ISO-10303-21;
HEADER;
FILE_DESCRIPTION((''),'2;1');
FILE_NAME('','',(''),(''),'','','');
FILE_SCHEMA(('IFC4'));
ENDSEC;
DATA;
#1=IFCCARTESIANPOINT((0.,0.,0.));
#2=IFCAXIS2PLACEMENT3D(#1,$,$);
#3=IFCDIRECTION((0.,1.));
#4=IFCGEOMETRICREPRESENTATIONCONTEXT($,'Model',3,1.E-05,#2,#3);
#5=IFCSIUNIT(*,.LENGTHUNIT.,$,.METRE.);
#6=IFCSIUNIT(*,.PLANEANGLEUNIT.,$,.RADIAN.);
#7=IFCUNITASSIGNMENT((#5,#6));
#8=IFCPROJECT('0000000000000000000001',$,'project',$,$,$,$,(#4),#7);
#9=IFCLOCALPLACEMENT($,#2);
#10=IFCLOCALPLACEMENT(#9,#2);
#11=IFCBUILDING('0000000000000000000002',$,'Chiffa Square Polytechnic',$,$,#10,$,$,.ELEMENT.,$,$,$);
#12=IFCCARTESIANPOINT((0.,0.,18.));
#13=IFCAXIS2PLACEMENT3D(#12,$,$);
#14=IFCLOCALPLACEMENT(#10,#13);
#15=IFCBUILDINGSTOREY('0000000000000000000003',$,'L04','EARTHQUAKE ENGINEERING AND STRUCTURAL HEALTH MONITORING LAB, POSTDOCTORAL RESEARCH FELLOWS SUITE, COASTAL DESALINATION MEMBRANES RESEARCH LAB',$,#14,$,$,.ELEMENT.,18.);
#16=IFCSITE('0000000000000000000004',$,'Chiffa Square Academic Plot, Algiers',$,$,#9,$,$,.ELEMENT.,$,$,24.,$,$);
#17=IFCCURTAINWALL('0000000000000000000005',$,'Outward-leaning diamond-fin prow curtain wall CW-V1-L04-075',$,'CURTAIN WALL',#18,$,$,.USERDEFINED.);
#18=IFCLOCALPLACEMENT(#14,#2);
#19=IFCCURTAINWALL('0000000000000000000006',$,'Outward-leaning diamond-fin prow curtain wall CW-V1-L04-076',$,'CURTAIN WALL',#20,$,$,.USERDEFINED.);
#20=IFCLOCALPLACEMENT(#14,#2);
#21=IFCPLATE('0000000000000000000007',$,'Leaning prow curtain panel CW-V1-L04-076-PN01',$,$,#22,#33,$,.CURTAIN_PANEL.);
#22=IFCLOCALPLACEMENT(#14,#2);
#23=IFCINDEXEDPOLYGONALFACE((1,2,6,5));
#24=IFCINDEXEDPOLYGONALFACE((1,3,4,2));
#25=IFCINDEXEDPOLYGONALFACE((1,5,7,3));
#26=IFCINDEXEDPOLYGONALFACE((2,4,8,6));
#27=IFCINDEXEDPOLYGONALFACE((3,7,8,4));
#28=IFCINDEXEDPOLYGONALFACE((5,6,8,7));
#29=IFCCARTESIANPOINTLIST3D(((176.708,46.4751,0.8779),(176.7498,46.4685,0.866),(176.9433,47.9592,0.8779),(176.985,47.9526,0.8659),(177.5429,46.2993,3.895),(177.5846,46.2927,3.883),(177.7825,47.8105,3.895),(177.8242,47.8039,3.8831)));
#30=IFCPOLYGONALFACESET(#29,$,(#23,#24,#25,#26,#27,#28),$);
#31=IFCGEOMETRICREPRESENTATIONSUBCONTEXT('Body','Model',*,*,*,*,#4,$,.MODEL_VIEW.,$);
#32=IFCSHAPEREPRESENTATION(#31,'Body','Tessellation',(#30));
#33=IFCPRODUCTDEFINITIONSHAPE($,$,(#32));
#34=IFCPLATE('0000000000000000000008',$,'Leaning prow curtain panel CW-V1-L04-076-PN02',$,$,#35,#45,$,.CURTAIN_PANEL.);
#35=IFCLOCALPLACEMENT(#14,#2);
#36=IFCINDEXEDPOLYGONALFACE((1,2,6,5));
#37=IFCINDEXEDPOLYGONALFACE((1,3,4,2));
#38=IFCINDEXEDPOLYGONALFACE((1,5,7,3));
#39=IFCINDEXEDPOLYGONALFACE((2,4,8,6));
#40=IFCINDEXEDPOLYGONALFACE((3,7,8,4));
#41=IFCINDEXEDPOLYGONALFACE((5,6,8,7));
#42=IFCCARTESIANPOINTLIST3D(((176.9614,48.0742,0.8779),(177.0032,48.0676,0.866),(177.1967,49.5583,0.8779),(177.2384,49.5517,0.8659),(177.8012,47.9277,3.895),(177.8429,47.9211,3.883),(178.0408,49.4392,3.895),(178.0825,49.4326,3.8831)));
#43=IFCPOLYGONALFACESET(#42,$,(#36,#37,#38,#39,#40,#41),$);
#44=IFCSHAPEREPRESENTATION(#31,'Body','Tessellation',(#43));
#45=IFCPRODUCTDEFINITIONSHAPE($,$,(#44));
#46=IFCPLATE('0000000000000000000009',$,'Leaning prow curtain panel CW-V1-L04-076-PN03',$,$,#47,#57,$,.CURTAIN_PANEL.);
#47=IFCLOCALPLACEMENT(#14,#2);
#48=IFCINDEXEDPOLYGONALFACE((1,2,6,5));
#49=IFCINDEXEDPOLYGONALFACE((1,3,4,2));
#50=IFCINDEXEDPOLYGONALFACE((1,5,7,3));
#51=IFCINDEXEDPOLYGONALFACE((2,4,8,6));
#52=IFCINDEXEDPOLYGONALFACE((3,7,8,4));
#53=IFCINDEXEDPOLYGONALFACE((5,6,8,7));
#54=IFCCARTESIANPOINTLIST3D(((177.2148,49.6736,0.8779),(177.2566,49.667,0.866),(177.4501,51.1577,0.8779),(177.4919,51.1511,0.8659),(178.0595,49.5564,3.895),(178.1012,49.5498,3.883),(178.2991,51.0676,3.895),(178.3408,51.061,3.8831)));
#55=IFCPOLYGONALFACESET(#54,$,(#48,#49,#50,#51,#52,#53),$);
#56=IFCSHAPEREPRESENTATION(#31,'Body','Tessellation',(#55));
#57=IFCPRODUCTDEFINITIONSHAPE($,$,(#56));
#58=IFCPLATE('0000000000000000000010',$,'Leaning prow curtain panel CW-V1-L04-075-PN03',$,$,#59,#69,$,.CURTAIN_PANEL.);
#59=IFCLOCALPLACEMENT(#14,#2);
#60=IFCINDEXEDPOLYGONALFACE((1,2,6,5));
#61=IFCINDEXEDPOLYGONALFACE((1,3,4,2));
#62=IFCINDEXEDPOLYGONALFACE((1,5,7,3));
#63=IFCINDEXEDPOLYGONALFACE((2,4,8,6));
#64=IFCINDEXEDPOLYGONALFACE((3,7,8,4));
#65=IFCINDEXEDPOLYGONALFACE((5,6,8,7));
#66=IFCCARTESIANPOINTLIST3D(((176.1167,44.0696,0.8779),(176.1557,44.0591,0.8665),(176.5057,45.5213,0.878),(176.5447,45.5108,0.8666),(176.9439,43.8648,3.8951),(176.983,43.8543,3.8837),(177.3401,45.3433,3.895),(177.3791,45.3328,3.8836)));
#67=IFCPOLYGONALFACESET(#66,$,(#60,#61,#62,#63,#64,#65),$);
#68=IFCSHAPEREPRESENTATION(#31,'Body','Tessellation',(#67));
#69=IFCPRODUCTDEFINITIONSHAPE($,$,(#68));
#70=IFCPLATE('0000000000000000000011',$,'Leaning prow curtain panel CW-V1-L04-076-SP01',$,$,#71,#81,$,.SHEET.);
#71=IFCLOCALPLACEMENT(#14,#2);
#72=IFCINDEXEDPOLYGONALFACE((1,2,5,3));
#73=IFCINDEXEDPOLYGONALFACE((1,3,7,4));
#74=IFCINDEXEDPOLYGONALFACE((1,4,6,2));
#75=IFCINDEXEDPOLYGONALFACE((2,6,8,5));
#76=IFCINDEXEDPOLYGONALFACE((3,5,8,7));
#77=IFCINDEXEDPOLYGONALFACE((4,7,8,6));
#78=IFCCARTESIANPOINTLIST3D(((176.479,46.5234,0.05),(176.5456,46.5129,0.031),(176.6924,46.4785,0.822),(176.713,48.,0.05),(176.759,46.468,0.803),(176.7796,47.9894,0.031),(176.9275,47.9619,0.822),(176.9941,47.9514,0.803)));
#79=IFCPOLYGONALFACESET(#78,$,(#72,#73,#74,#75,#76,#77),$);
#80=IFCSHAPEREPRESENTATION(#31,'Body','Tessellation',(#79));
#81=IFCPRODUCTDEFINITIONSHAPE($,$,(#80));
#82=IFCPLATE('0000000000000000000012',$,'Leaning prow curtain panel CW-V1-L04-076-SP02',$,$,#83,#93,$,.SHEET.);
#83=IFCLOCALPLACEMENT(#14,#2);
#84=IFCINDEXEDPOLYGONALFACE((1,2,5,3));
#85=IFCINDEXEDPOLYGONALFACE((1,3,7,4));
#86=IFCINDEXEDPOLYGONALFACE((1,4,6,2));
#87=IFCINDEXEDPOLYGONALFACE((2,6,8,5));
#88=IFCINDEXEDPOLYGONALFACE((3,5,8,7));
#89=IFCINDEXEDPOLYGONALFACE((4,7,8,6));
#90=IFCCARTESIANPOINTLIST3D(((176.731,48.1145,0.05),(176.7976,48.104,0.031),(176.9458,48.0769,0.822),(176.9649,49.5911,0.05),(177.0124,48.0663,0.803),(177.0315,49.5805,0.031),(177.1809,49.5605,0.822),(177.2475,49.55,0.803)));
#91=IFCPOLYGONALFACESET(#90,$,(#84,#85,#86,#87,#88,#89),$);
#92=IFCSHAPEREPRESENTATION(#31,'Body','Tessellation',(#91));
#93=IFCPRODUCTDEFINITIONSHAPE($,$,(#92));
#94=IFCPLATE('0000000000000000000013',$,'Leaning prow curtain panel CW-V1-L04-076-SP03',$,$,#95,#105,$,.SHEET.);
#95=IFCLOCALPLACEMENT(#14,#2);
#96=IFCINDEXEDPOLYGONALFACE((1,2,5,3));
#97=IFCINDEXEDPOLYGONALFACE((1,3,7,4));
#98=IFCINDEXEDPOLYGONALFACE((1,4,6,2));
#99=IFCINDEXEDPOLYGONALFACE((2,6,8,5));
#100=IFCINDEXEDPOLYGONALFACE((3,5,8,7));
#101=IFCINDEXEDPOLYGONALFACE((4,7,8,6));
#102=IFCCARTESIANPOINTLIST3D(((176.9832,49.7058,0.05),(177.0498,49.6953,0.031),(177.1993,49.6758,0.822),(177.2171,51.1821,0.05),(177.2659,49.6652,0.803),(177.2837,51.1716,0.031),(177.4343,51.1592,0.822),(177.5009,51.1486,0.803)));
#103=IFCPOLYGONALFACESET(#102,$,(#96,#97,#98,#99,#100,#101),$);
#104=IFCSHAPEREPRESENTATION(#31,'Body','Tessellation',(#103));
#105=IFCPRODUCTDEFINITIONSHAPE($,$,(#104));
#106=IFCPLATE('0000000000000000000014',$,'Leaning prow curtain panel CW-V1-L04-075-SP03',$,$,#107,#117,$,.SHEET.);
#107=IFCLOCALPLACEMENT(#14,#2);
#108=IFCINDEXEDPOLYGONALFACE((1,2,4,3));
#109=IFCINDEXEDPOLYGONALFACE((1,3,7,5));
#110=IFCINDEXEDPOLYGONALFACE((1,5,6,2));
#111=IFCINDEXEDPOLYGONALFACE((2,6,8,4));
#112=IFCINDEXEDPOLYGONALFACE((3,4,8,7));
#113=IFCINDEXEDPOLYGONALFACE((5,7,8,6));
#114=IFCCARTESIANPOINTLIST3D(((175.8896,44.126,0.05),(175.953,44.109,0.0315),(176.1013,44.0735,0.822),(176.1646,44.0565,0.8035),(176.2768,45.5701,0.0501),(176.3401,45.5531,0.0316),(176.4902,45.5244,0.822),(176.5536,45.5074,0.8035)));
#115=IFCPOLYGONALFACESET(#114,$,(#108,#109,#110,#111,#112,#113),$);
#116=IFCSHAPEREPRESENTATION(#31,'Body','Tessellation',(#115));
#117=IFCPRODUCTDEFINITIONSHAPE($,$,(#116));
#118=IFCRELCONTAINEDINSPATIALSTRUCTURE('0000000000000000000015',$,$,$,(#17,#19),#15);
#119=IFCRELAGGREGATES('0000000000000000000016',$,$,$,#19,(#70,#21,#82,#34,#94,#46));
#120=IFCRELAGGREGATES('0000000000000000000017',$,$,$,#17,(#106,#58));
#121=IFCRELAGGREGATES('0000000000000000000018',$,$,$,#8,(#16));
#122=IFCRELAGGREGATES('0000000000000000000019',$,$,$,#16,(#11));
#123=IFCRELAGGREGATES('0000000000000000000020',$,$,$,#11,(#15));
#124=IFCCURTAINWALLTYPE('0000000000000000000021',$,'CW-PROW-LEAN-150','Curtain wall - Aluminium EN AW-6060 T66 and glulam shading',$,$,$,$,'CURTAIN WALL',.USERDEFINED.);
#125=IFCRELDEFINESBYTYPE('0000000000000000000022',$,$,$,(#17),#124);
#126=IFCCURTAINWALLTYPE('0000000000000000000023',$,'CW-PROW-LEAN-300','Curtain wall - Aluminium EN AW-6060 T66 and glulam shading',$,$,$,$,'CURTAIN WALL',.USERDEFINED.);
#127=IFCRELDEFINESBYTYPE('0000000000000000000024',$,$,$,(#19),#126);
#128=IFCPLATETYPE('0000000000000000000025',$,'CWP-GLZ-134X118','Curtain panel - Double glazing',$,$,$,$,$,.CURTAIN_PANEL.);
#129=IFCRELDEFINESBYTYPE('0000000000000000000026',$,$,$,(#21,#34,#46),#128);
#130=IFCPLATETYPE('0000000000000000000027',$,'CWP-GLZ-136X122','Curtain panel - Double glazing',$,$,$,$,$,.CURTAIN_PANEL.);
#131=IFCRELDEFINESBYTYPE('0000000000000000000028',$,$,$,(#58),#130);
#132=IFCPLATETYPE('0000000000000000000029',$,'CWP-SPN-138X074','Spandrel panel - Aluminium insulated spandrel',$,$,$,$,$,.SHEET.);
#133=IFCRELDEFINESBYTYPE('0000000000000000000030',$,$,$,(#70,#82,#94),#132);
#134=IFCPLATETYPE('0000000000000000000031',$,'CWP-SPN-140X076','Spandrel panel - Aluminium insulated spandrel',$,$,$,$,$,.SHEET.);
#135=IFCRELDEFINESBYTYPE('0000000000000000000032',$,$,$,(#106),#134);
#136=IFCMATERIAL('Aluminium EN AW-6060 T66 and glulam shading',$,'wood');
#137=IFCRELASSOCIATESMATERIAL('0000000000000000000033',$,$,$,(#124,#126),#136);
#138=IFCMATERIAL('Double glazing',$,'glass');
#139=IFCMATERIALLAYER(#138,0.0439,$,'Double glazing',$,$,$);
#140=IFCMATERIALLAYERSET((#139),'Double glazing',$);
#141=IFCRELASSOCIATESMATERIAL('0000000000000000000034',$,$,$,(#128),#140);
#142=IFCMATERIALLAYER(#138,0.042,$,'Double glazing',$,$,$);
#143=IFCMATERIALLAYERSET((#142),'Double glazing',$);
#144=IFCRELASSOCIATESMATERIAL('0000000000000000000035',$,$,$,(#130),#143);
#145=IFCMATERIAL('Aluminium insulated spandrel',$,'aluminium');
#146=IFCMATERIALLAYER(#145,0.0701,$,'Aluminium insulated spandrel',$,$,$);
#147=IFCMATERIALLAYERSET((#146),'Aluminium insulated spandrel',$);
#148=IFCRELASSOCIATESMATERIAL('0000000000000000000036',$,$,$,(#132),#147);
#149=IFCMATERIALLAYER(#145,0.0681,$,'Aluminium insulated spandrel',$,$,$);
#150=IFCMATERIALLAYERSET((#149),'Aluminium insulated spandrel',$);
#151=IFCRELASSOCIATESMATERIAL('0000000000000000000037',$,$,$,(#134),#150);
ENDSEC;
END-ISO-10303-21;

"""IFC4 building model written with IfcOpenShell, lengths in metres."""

from ifc_helpers import new_model, si_unit, direction, frame, origin, place, context, subcontext, project, spatial, polyline, outline, extrude, material, layer, layer_set, type_object, element, aggregate, save


model = new_model("IFC4")

# Units and contexts
model_context = context("Model", 3, precision=1e-05, world=origin(), true_north=direction((0.0, 1.0)))
body_context = subcontext(model_context, "Body", "Model", "MODEL_VIEW")
ifc_project = project(units=[si_unit("LENGTHUNIT", "METRE"), si_unit("PLANEANGLEUNIT", "RADIAN")], contexts=[model_context])

# Site, building, storey
site_placement = place(None, origin())
site = spatial("IfcSite", under=ifc_project, at=site_placement, Name="Chiffa Square Academic Plot, Algiers", CompositionType="ELEMENT", RefElevation=24.0)
building_placement = place(site_placement, origin())
building = spatial("IfcBuilding", under=site, at=building_placement, Name="Chiffa Square Polytechnic", CompositionType="ELEMENT")
storey_placement = place(building_placement, frame((0.0, 0.0, 18.0)))
storey = spatial("IfcBuildingStorey", under=building, at=storey_placement, Name="L04", Description="EARTHQUAKE ENGINEERING AND STRUCTURAL HEALTH MONITORING LAB, POSTDOCTORAL RESEARCH FELLOWS SUITE, COASTAL DESALINATION MEMBRANES RESEARCH LAB", CompositionType="ELEMENT", Elevation=18.0)

# Curtain walls
ifc_material_1 = material(Name="Aluminium EN AW-6060 T66 and glulam shading", Category="wood")
curtain_wall_type_1 = type_object("IfcCurtainWallType", Name="CW-PROW-LEAN-150", Description="Curtain wall - Aluminium EN AW-6060 T66 and glulam shading", ElementType="CURTAIN WALL", PredefinedType="USERDEFINED", material=ifc_material_1)
curtain_wall_1_placement = place(storey_placement, origin())
curtain_wall_1 = element("IfcCurtainWall", 1, at=curtain_wall_1_placement, inside=storey, type_object=curtain_wall_type_1, Name="Outward-leaning diamond-fin prow curtain wall CW-V1-L04-075", ObjectType="CURTAIN WALL", PredefinedType="USERDEFINED")
curtain_wall_type_2 = type_object("IfcCurtainWallType", Name="CW-PROW-LEAN-300", Description="Curtain wall - Aluminium EN AW-6060 T66 and glulam shading", ElementType="CURTAIN WALL", PredefinedType="USERDEFINED", material=ifc_material_1)
curtain_wall_2_placement = place(storey_placement, origin())
curtain_wall_2 = element("IfcCurtainWall", 2, at=curtain_wall_2_placement, inside=storey, type_object=curtain_wall_type_2, Name="Outward-leaning diamond-fin prow curtain wall CW-V1-L04-076", ObjectType="CURTAIN WALL", PredefinedType="USERDEFINED")

# Plates
ifc_material_2 = material(Name="Double glazing", Category="glass")
ifc_layer_1 = layer(ifc_material_2, 0.0439, Name="Double glazing")
ifc_layer_set_1 = layer_set([ifc_layer_1], Name="Double glazing")
plate_type_1 = type_object("IfcPlateType", Name="CWP-GLZ-134X118", Description="Curtain panel - Double glazing", PredefinedType="CURTAIN_PANEL", material=ifc_layer_set_1)
plate_1_placement = place(storey_placement, frame((176.708, 46.4751, 0.8779), z_axis=(-0.950485, 0.15068, 0.271797), x_axis=(0.156566, 0.987667, -0.000029)))
plate_1 = element("IfcPlate", 3, at=plate_1_placement, type_object=plate_type_1, Name="Leaning prow curtain panel CW-V1-L04-076-PN01", PredefinedType="CURTAIN_PANEL", context=body_context, shape_type="SweptSolid", body=[
    extrude(outline(polyline([(0.0, 0.0), (1.5026, 0.0), (1.4871, -3.1352), (-0.043, -3.1351), (0.0, 0.0)])), origin(), (0.0, 0.0, -1.0), 0.0439),
])
plate_2_placement = place(storey_placement, frame((176.9614, 48.0742, 0.8779), z_axis=(-0.950469, 0.150665, 0.271861), x_axis=(0.156555, 0.987669, -0.000026)))
plate_2 = element("IfcPlate", 4, at=plate_2_placement, type_object=plate_type_1, Name="Leaning prow curtain panel CW-V1-L04-076-PN02", PredefinedType="CURTAIN_PANEL", context=body_context, shape_type="SweptSolid", body=[
    extrude(outline(polyline([(0.0, 0.0), (1.5026, 0.0), (1.5171, -3.1352), (-0.0133, -3.1351), (0.0, 0.0)])), origin(), (0.0, 0.0, -1.0), 0.0439),
])
plate_3_placement = place(storey_placement, frame((177.2148, 49.6736, 0.8779), z_axis=(-0.950446, 0.150674, 0.271936), x_axis=(0.156566, 0.987667, -0.000029)))
plate_3 = element("IfcPlate", 5, at=plate_3_placement, type_object=plate_type_1, Name="Leaning prow curtain panel CW-V1-L04-076-PN03", PredefinedType="CURTAIN_PANEL", context=body_context, shape_type="SweptSolid", body=[
    extrude(outline(polyline([(0.0, 0.0), (1.5026, 0.0), (1.5465, -3.1353), (0.0164, -3.1352), (0.0, 0.0)])), origin(), (0.0, 0.0, -1.0), 0.0439),
])
ifc_layer_2 = layer(ifc_material_2, 0.042, Name="Double glazing")
ifc_layer_set_2 = layer_set([ifc_layer_2], Name="Double glazing")
plate_type_2 = type_object("IfcPlateType", Name="CWP-GLZ-136X122", Description="Curtain panel - Double glazing", PredefinedType="CURTAIN_PANEL", material=ifc_layer_set_2)
plate_4_placement = place(storey_placement, frame((176.1167, 44.0696, 0.8779), z_axis=(-0.929568, 0.249083, 0.271775), x_axis=(0.258833, 0.965922, 0.00003)))
plate_4 = element("IfcPlate", 6, at=plate_4_placement, type_object=plate_type_2, Name="Leaning prow curtain panel CW-V1-L04-075-PN03", PredefinedType="CURTAIN_PANEL", context=body_context, shape_type="SweptSolid", body=[
    extrude(outline(polyline([(0.0, 0.0), (1.5029, 0.0), (1.547, -3.135), (0.0164, -3.1351), (0.0, 0.0)])), origin(), (0.0, 0.0, -1.0), 0.042),
])
ifc_material_3 = material(Name="Aluminium insulated spandrel", Category="aluminium")
ifc_layer_3 = layer(ifc_material_3, 0.0701, Name="Aluminium insulated spandrel")
ifc_layer_set_3 = layer_set([ifc_layer_3], Name="Aluminium insulated spandrel")
plate_type_3 = type_object("IfcPlateType", Name="CWP-SPN-138X074", Description="Spandrel panel - Aluminium insulated spandrel", PredefinedType="SHEET", material=ifc_layer_set_3)
plate_5_placement = place(storey_placement, frame((176.479, 46.5234, 0.05), z_axis=(-0.950555, 0.150612, 0.271589), x_axis=(0.156491, 0.987679, -0.000012)))
plate_5 = element("IfcPlate", 7, at=plate_5_placement, type_object=plate_type_3, Name="Leaning prow curtain panel CW-V1-L04-076-SP01", PredefinedType="SHEET", context=body_context, shape_type="SweptSolid", body=[
    extrude(outline(polyline([(0.0, 0.0), (1.495, 0.0), (1.4909, -0.8021), (-0.011, -0.8021), (0.0, 0.0)])), origin(), (0.0, 0.0, -1.0), 0.0701),
])
plate_6_placement = place(storey_placement, frame((176.731, 48.1145, 0.05), z_axis=(-0.950467, 0.150585, 0.271914), x_axis=(0.156479, 0.987681, -0.000009)))
plate_6 = element("IfcPlate", 8, at=plate_6_placement, type_object=plate_type_3, Name="Leaning prow curtain panel CW-V1-L04-076-SP02", PredefinedType="SHEET", context=body_context, shape_type="SweptSolid", body=[
    extrude(outline(polyline([(0.0, 0.0), (1.495, 0.0), (1.4986, -0.8022), (-0.0035, -0.8022), (0.0, 0.0)])), origin(), (0.0, 0.0, -1.0), 0.0701),
])
plate_7_placement = place(storey_placement, frame((176.9832, 49.7058, 0.05), z_axis=(-0.950456, 0.150608, 0.271939), x_axis=(0.156504, 0.987677, -0.000009)))
plate_7 = element("IfcPlate", 9, at=plate_7_placement, type_object=plate_type_3, Name="Leaning prow curtain panel CW-V1-L04-076-SP03", PredefinedType="SHEET", context=body_context, shape_type="SweptSolid", body=[
    extrude(outline(polyline([(0.0, 0.0), (1.4947, 0.0), (1.5061, -0.8022), (0.0041, -0.8022), (0.0, 0.0)])), origin(), (0.0, 0.0, -1.0), 0.0701),
])
aggregate(curtain_wall_2, [plate_5, plate_1, plate_6, plate_2, plate_7, plate_3])
ifc_layer_4 = layer(ifc_material_3, 0.0681, Name="Aluminium insulated spandrel")
ifc_layer_set_4 = layer_set([ifc_layer_4], Name="Aluminium insulated spandrel")
plate_type_4 = type_object("IfcPlateType", Name="CWP-SPN-140X076", Description="Spandrel panel - Aluminium insulated spandrel", PredefinedType="SHEET", material=ifc_layer_set_4)
plate_8_placement = place(storey_placement, frame((175.8896, 44.126, 0.05), z_axis=(-0.929545, 0.249201, 0.271745), x_axis=(0.258948, 0.965891, 0.00001)))
plate_8 = element("IfcPlate", 10, at=plate_8_placement, type_object=plate_type_4, Name="Leaning prow curtain panel CW-V1-L04-075-SP03", PredefinedType="SHEET", context=body_context, shape_type="SweptSolid", body=[
    extrude(outline(polyline([(0.0, 0.0), (1.4951, 0.0), (1.5063, -0.8021), (0.0041, -0.8022), (0.0, 0.0)])), origin(), (0.0, 0.0, -1.0), 0.0681),
])
aggregate(curtain_wall_1, [plate_8, plate_4])

save(model, "model.ifc")
